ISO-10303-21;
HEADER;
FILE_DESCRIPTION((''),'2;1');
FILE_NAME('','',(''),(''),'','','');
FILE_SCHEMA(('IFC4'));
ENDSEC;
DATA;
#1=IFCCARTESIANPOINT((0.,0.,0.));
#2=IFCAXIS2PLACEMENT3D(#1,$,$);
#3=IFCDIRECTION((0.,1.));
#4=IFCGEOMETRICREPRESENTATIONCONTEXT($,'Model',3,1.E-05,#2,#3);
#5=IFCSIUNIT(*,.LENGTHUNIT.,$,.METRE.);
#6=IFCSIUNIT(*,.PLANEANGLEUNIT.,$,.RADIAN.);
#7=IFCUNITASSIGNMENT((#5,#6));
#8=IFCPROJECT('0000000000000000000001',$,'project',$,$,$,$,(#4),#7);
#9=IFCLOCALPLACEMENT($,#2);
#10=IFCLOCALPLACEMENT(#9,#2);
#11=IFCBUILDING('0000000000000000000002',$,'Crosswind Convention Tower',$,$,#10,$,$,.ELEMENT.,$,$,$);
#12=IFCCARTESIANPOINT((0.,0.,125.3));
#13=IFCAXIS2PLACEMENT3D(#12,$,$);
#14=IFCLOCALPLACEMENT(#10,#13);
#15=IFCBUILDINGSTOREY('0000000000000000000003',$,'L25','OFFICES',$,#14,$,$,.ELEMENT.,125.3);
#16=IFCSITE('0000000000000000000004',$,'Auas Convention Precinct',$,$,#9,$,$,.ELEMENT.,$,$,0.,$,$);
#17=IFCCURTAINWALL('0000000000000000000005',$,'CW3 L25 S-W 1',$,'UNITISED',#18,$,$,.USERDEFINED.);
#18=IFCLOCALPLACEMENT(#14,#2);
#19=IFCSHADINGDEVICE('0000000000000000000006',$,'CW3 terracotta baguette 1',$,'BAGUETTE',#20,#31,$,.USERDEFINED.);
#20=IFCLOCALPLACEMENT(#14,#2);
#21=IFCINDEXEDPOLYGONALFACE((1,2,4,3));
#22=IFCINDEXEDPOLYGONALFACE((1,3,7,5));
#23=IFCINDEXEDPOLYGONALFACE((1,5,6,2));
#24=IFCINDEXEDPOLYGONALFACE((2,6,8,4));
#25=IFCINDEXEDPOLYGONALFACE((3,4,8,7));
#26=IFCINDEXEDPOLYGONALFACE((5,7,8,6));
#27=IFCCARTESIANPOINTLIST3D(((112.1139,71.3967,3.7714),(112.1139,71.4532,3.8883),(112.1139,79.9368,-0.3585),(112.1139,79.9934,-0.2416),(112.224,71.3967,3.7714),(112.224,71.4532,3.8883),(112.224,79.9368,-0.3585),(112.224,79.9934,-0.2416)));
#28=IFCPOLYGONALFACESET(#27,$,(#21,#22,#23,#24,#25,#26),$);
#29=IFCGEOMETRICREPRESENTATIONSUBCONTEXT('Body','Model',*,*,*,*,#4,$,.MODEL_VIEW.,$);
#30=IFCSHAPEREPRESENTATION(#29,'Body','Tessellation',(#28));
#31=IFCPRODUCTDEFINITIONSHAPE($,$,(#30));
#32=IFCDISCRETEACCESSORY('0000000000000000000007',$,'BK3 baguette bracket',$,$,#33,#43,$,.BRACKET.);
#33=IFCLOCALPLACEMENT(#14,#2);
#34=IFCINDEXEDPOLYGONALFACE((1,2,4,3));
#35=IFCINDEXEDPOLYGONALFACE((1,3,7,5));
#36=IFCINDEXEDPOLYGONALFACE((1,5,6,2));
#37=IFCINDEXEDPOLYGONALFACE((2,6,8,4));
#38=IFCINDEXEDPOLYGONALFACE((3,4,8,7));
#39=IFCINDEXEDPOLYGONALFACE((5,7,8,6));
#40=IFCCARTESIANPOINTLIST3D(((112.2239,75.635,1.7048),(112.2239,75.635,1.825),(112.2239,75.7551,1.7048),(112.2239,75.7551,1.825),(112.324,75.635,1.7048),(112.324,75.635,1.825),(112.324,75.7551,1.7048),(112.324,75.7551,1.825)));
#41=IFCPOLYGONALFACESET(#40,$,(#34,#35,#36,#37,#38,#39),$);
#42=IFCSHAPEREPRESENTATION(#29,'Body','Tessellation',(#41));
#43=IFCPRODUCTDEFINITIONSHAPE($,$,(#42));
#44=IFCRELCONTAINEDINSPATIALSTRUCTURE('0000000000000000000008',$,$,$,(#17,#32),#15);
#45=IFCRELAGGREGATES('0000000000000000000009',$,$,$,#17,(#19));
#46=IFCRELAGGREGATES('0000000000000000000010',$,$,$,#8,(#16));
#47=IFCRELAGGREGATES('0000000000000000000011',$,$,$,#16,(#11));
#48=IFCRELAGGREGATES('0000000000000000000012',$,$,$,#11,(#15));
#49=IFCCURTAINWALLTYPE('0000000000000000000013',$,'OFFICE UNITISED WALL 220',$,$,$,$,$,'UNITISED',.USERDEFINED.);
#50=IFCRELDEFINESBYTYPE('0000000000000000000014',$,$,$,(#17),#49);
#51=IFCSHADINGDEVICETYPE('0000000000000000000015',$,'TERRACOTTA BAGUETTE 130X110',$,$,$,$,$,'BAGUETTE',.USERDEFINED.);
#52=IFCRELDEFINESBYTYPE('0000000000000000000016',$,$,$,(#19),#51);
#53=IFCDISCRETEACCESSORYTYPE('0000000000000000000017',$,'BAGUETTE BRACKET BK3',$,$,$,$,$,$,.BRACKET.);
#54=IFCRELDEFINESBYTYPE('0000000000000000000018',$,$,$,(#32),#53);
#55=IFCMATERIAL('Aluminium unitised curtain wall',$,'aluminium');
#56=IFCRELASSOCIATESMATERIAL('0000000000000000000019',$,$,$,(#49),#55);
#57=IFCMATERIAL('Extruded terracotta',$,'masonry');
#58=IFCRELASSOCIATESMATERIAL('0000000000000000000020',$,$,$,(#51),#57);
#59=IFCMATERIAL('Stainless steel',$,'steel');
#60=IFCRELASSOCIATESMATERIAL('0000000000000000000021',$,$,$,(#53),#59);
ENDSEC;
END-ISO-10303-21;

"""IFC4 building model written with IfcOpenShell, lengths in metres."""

from ifc_helpers import new_model, si_unit, direction, frame, origin, origin_2d, place, context, subcontext, project, spatial, rectangle, extrude, material, material_profile, profile_set, type_object, element, aggregate, save


model = new_model("IFC4")

# Units and contexts
model_context = context("Model", 3, precision=1e-05, world=origin(), true_north=direction((0.0, 1.0)))
body_context = subcontext(model_context, "Body", "Model", "MODEL_VIEW")
ifc_project = project(units=[si_unit("LENGTHUNIT", "METRE"), si_unit("PLANEANGLEUNIT", "RADIAN")], contexts=[model_context])

# Site, building, storey
site_placement = place(None, origin())
site = spatial("IfcSite", under=ifc_project, at=site_placement, Name="Auas Convention Precinct", CompositionType="ELEMENT", RefElevation=0.0)
building_placement = place(site_placement, origin())
building = spatial("IfcBuilding", under=site, at=building_placement, Name="Crosswind Convention Tower", CompositionType="ELEMENT")
storey_placement = place(building_placement, frame((0.0, 0.0, 125.3)))
storey = spatial("IfcBuildingStorey", under=building, at=storey_placement, Name="L25", Description="OFFICES", CompositionType="ELEMENT", Elevation=125.3)

# Shared definitions
ifc_material_1 = material(Name="Aluminium unitised curtain wall", Category="aluminium")

# Curtain wall
curtain_wall_type_1 = type_object("IfcCurtainWallType", Name="OFFICE UNITISED WALL 220", ElementType="UNITISED", PredefinedType="USERDEFINED", material=ifc_material_1)
curtain_wall_1_placement = place(storey_placement, origin())
curtain_wall_1 = element("IfcCurtainWall", 1, at=curtain_wall_1_placement, inside=storey, type_object=curtain_wall_type_1, Name="CW3 L25 S-W 1", ObjectType="UNITISED", PredefinedType="USERDEFINED")

# Shared definitions
ifc_material_2 = material(Name="Stainless steel", Category="steel")

# Shading device
ifc_material_3 = material(Name="Extruded terracotta", Category="masonry")
ifc_material_profile_1 = material_profile(ifc_material_3, rectangle(XDim=0.1101, YDim=0.1299, at=origin_2d()), Name="TC 110X130")
ifc_profile_set_1 = profile_set([ifc_material_profile_1], Name="Extruded terracotta")
shading_device_type = type_object("IfcShadingDeviceType", Name="TERRACOTTA BAGUETTE 130X110", ElementType="BAGUETTE", PredefinedType="USERDEFINED", material=ifc_profile_set_1)
shading_device_placement = place(storey_placement, frame((112.1689, 79.9651, -0.3), z_axis=(0.0, -0.900258, 0.435356), x_axis=(1.0, 0.0, 0.0)))
shading_device = element("IfcShadingDevice", 2, at=shading_device_placement, type_object=shading_device_type, Name="CW3 terracotta baguette 1", ObjectType="BAGUETTE", PredefinedType="USERDEFINED", context=body_context, shape_type="SweptSolid", body=[
    extrude(rectangle(XDim=0.1101, YDim=0.1299, at=origin_2d()), origin(), (0.0, 0.0, 1.0), 9.4863),
])
aggregate(curtain_wall_1, [shading_device])

# Discrete accessory
discrete_accessory_type = type_object("IfcDiscreteAccessoryType", Name="BAGUETTE BRACKET BK3", PredefinedType="BRACKET", material=ifc_material_2)
discrete_accessory_placement = place(storey_placement, frame((112.2739, 75.6951, 1.7048), z_axis=(0.0, 0.0, 1.0), x_axis=(0.0, -1.0, 0.0)))
element("IfcDiscreteAccessory", 3, at=discrete_accessory_placement, inside=storey, type_object=discrete_accessory_type, Name="BK3 baguette bracket", PredefinedType="BRACKET", context=body_context, shape_type="SweptSolid", body=[
    extrude(rectangle(XDim=0.1201, YDim=0.1001, at=origin_2d()), origin(), (0.0, 0.0, 1.0), 0.1201),
])

save(model, "model.ifc")
